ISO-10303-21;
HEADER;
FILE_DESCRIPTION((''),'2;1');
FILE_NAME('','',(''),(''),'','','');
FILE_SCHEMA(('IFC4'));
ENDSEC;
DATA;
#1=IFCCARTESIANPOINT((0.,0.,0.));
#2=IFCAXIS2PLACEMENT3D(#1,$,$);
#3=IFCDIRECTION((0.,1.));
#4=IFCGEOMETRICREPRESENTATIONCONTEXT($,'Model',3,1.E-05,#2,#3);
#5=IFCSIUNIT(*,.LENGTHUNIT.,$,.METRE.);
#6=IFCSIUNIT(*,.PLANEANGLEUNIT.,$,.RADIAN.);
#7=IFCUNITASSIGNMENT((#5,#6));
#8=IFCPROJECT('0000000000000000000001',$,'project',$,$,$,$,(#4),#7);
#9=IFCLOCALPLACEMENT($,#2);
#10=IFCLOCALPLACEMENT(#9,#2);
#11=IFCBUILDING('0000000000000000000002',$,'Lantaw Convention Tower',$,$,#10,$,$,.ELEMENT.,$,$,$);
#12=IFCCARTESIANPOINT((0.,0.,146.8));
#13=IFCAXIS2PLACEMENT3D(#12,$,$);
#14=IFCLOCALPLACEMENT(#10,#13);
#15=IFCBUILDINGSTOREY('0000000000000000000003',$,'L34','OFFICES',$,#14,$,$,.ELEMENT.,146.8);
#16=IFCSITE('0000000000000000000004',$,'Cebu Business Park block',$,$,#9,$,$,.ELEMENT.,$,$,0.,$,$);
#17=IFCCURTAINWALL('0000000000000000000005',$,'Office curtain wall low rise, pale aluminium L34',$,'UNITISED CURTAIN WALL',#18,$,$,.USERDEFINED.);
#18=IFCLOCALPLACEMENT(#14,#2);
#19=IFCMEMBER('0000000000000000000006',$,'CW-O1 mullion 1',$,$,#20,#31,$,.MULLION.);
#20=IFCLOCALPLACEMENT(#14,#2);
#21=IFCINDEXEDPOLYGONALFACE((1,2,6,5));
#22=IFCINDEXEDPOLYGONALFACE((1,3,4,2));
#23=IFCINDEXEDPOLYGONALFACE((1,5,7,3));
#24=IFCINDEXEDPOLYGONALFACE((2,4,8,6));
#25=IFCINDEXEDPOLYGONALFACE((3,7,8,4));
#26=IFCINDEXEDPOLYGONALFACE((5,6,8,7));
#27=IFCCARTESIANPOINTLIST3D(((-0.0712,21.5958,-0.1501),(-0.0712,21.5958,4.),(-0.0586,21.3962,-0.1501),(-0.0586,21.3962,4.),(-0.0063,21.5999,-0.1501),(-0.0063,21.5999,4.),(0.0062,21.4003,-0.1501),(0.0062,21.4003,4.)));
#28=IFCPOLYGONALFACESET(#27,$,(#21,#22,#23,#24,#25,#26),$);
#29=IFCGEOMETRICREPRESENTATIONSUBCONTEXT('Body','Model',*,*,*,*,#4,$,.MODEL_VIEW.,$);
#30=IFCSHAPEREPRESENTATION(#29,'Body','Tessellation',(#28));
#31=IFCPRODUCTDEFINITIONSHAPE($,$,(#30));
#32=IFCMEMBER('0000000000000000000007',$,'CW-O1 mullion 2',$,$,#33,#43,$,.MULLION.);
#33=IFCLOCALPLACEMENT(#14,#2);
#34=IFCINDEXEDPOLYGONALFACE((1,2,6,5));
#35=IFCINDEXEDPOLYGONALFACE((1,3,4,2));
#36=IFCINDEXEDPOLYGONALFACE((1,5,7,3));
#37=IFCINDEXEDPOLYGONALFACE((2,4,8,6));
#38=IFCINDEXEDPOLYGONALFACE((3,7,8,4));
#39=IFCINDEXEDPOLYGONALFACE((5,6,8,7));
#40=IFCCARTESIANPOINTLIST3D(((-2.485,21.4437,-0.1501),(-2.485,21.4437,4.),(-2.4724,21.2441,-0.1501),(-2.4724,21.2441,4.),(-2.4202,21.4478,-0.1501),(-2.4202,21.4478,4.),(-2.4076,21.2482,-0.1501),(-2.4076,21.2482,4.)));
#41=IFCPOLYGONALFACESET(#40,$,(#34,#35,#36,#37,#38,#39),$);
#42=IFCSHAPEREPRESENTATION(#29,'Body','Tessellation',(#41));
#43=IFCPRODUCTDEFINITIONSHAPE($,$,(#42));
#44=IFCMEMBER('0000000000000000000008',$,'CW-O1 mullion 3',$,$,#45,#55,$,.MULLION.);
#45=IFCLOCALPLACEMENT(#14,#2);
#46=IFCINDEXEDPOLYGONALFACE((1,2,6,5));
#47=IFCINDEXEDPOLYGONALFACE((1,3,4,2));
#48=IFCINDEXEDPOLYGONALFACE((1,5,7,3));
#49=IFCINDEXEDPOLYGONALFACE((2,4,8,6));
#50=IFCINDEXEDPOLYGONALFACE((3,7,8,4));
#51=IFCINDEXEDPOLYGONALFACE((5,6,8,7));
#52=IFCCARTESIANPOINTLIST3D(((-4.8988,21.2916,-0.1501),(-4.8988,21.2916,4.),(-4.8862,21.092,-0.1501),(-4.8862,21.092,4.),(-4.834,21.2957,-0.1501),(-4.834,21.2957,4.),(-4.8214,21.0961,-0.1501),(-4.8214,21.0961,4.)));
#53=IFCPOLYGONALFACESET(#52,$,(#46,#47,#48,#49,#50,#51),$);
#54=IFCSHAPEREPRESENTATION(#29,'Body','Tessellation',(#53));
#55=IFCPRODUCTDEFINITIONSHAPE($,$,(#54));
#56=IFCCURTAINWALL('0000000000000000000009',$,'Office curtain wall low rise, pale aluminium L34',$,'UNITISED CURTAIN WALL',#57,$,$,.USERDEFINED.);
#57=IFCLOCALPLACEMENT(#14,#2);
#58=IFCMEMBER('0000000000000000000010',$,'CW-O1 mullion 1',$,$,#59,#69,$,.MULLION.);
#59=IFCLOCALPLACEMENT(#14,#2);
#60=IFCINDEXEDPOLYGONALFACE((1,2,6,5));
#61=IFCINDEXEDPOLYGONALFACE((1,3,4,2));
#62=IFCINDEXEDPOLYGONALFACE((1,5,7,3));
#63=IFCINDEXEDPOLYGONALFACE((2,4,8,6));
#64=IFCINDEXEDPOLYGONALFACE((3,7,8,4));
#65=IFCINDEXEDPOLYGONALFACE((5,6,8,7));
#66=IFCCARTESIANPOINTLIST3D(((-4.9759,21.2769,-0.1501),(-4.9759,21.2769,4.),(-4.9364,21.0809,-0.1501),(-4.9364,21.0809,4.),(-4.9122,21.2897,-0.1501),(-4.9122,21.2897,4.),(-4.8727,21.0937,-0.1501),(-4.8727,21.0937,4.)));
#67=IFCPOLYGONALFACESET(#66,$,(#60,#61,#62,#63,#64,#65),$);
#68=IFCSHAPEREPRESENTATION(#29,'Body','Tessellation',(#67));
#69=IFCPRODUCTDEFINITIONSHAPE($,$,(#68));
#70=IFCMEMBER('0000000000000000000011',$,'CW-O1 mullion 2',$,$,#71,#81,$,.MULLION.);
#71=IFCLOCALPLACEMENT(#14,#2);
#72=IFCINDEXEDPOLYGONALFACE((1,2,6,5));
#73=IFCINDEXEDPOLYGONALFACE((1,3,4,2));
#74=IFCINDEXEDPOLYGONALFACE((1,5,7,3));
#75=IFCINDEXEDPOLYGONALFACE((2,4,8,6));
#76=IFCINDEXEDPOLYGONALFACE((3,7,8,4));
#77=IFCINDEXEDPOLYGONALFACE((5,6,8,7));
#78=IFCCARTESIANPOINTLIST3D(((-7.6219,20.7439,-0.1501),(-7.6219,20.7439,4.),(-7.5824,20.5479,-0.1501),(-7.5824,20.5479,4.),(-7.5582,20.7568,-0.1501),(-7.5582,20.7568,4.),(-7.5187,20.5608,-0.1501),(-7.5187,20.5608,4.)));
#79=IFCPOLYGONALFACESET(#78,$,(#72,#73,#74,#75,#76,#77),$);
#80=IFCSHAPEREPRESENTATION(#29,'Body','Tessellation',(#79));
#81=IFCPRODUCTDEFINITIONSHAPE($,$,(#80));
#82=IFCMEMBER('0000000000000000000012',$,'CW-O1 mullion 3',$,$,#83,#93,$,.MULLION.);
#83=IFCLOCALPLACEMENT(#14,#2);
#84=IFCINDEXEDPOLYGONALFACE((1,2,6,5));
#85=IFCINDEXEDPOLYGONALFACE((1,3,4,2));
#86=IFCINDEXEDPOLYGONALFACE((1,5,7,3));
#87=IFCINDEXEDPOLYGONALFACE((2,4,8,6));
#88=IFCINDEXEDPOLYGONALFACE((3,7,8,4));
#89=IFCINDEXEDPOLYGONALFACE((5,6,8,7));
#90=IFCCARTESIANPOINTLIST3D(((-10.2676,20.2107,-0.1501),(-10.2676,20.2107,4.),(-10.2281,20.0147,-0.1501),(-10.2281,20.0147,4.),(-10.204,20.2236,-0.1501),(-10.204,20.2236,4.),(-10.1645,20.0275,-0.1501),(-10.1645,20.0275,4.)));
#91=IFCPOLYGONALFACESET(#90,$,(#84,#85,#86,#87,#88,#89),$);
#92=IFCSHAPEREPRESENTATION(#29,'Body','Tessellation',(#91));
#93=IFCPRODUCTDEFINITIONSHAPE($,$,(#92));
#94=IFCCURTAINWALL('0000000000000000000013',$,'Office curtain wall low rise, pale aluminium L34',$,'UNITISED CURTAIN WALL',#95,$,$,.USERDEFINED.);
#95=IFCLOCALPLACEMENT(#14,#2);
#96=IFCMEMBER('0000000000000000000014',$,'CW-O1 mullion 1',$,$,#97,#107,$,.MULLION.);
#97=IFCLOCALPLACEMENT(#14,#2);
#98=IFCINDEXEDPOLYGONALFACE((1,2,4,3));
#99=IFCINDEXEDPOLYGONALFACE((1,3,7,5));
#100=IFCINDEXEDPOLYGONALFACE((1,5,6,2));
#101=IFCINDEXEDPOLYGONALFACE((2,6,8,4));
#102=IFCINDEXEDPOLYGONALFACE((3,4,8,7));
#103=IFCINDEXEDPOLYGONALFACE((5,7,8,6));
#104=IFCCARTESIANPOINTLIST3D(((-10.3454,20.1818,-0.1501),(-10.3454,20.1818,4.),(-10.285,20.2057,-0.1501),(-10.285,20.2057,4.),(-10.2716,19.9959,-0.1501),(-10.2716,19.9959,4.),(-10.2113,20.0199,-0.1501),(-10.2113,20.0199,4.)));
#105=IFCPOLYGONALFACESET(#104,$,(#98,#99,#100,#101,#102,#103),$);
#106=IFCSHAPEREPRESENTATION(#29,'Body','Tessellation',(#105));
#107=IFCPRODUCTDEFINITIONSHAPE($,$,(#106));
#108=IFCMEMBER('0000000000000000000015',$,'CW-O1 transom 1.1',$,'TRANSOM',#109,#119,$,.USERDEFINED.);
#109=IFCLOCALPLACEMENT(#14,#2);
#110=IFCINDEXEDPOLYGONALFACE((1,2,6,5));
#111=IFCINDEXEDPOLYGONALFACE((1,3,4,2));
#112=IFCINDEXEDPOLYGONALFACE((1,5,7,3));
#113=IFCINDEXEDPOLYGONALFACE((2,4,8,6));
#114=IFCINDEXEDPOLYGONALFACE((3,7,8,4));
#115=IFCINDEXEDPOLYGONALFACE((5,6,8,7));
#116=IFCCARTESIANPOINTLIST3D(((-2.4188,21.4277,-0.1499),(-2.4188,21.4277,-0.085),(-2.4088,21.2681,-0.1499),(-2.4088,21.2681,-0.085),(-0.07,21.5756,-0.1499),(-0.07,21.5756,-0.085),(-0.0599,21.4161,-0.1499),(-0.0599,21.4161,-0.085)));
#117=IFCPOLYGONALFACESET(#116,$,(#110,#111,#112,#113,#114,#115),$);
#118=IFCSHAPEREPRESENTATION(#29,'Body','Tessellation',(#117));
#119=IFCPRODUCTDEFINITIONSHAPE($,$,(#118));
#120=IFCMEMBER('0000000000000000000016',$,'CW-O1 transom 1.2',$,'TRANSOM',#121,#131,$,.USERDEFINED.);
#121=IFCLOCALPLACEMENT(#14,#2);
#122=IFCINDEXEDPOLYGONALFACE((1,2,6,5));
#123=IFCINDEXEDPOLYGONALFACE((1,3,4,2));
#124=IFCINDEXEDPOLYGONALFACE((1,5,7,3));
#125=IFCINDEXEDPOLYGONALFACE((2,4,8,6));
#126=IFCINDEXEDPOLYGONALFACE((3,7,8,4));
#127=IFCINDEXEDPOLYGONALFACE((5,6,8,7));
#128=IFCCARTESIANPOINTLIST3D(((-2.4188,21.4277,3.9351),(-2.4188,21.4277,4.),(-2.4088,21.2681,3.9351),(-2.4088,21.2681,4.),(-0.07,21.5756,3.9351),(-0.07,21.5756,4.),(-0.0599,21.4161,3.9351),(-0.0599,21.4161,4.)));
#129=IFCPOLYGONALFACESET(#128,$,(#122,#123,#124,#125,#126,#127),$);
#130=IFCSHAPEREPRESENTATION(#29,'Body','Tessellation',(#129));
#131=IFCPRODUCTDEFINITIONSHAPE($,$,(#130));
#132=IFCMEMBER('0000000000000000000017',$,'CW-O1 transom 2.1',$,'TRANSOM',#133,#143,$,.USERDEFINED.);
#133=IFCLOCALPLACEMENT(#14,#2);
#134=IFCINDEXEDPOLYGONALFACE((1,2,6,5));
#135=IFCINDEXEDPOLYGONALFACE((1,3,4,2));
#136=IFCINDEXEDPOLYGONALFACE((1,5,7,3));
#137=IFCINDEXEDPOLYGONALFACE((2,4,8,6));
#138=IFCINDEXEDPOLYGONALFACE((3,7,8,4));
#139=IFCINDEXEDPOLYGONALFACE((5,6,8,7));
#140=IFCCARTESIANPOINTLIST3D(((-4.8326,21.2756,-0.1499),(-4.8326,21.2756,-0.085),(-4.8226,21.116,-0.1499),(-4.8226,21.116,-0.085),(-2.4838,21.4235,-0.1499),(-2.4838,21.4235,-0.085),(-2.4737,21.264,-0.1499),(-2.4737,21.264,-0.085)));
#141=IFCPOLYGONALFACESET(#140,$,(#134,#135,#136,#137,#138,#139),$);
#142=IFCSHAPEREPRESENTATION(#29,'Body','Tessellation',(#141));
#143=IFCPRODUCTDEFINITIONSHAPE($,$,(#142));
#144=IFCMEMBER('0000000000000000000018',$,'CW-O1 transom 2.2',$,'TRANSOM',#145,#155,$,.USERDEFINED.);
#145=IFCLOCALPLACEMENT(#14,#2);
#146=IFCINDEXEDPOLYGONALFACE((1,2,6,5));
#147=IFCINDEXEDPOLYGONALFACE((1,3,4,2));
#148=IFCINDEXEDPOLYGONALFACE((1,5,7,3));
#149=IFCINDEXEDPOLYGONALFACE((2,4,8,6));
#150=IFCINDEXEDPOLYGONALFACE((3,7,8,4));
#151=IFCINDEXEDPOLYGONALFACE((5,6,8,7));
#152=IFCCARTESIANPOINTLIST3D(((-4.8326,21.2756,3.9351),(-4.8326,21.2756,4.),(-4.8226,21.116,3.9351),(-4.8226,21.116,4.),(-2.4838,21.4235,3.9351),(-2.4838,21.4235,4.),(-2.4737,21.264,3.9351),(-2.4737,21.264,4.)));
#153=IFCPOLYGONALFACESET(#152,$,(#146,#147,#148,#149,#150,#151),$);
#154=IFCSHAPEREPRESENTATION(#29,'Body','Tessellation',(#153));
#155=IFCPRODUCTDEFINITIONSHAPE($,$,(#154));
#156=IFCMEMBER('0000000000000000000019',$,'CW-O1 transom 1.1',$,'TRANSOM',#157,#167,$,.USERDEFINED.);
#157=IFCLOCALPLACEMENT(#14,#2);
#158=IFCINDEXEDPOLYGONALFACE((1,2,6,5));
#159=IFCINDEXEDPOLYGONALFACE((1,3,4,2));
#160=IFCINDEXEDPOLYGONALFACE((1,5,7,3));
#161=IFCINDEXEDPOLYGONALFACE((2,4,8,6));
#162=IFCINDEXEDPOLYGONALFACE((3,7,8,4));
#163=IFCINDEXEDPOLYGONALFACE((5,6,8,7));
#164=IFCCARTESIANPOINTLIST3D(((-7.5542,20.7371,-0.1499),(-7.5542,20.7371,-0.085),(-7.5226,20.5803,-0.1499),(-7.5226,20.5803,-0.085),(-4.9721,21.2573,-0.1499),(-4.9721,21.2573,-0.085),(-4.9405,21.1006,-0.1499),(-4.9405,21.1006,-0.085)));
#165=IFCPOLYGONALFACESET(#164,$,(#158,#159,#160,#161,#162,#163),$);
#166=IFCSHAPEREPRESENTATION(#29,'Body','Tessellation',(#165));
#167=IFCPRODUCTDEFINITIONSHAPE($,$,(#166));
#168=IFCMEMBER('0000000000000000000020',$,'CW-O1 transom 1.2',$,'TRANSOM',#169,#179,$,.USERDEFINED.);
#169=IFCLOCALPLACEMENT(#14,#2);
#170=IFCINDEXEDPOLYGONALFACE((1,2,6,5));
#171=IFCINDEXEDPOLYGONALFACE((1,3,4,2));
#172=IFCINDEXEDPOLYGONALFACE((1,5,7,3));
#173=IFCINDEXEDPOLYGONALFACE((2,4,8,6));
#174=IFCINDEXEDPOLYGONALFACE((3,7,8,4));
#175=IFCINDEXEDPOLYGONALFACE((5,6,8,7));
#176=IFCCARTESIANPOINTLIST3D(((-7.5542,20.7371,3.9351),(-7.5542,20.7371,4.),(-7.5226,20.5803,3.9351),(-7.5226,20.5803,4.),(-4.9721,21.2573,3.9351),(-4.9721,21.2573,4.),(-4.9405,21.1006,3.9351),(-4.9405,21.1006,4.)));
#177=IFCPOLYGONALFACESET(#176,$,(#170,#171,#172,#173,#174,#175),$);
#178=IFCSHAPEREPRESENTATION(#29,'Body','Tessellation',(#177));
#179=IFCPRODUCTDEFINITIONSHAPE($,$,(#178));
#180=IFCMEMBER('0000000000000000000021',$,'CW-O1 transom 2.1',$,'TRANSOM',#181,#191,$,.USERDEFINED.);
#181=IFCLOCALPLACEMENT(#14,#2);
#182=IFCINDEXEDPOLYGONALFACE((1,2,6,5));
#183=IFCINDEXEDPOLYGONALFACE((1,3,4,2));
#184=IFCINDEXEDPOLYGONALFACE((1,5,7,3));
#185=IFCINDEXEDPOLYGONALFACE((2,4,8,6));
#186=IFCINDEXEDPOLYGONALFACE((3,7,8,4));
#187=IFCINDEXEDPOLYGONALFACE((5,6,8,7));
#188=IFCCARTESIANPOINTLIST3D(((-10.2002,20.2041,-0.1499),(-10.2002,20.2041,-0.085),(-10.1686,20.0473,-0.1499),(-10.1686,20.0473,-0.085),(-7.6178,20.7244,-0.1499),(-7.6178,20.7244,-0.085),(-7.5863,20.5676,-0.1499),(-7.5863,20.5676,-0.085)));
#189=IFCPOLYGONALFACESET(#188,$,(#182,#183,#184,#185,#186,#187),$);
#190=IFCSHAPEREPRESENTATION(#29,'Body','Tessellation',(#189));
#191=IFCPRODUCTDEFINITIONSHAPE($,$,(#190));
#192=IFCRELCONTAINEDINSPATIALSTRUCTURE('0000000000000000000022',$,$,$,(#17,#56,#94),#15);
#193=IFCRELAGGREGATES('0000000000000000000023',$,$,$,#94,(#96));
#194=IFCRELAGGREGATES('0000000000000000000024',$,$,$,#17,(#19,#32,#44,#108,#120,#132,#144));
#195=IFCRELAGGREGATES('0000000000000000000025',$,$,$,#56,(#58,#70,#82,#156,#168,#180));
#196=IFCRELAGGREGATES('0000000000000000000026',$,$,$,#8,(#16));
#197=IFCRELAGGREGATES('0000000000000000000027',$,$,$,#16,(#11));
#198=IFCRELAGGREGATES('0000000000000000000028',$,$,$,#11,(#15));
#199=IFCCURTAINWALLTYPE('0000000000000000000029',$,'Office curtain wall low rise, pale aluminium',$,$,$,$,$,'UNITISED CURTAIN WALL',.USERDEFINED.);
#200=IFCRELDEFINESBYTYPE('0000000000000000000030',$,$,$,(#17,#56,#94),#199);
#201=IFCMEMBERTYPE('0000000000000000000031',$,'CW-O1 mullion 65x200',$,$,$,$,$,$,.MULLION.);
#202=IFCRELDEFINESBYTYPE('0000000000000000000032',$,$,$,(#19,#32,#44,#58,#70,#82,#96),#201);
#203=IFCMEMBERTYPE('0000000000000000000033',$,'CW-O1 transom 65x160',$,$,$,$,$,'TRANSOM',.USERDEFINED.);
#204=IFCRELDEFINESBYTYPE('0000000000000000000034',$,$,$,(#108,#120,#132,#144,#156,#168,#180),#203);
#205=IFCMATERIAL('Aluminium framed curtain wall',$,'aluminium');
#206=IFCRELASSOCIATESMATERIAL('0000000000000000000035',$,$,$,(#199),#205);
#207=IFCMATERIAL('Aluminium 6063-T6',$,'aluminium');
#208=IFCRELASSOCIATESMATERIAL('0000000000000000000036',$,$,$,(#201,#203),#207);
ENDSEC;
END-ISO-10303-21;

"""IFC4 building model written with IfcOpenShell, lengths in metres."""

from ifc_helpers import new_model, si_unit, direction, frame, origin, origin_2d, place, context, subcontext, project, spatial, rectangle, extrude, material, material_profile, profile_set, type_object, element, aggregate, save


model = new_model("IFC4")

# Units and contexts
model_context = context("Model", 3, precision=1e-05, world=origin(), true_north=direction((0.0, 1.0)))
body_context = subcontext(model_context, "Body", "Model", "MODEL_VIEW")
ifc_project = project(units=[si_unit("LENGTHUNIT", "METRE"), si_unit("PLANEANGLEUNIT", "RADIAN")], contexts=[model_context])

# Site, building, storey
site_placement = place(None, origin())
site = spatial("IfcSite", under=ifc_project, at=site_placement, Name="Cebu Business Park block", CompositionType="ELEMENT", RefElevation=0.0)
building_placement = place(site_placement, origin())
building = spatial("IfcBuilding", under=site, at=building_placement, Name="Lantaw Convention Tower", CompositionType="ELEMENT")
storey_placement = place(building_placement, frame((0.0, 0.0, 146.8)))
storey = spatial("IfcBuildingStorey", under=building, at=storey_placement, Name="L34", Description="OFFICES", CompositionType="ELEMENT", Elevation=146.8)

# Curtain walls, members
ifc_material_1 = material(Name="Aluminium framed curtain wall", Category="aluminium")
curtain_wall_type = type_object("IfcCurtainWallType", Name="Office curtain wall low rise, pale aluminium", ElementType="UNITISED CURTAIN WALL", PredefinedType="USERDEFINED", material=ifc_material_1)
curtain_wall_1_placement = place(storey_placement, origin())
curtain_wall_1 = element("IfcCurtainWall", 1, at=curtain_wall_1_placement, inside=storey, type_object=curtain_wall_type, Name="Office curtain wall low rise, pale aluminium L34", ObjectType="UNITISED CURTAIN WALL", PredefinedType="USERDEFINED")
ifc_material_2 = material(Name="Aluminium 6063-T6", Category="aluminium")
ifc_material_profile_1 = material_profile(ifc_material_2, rectangle(XDim=0.2, YDim=0.0649, at=origin_2d()), Name="CW-O1 mullion 65x200")
ifc_profile_set_1 = profile_set([ifc_material_profile_1], Name="Aluminium 6063-T6")
member_type_1 = type_object("IfcMemberType", Name="CW-O1 mullion 65x200", PredefinedType="MULLION", material=ifc_profile_set_1)
member_1_placement = place(storey_placement, frame((-0.0325, 21.498, -0.1501), z_axis=(0.0, 0.0, 1.0), x_axis=(0.062865, -0.998022, 0.0)))
member_1 = element("IfcMember", 2, at=member_1_placement, type_object=member_type_1, Name="CW-O1 mullion 1", PredefinedType="MULLION", context=body_context, shape_type="SweptSolid", body=[
    extrude(rectangle(XDim=0.2, YDim=0.0649, at=origin_2d()), origin(), (0.0, 0.0, 1.0), 4.1501),
])
member_2_placement = place(storey_placement, frame((-2.4463, 21.3459, -0.1501), z_axis=(0.0, 0.0, 1.0), x_axis=(0.062865, -0.998022, 0.0)))
member_2 = element("IfcMember", 3, at=member_2_placement, type_object=member_type_1, Name="CW-O1 mullion 2", PredefinedType="MULLION", context=body_context, shape_type="SweptSolid", body=[
    extrude(rectangle(XDim=0.2, YDim=0.0649, at=origin_2d()), origin(), (0.0, 0.0, 1.0), 4.1501),
])
member_3_placement = place(storey_placement, frame((-4.8601, 21.1938, -0.1501), z_axis=(0.0, 0.0, 1.0), x_axis=(0.062865, -0.998022, 0.0)))
member_3 = element("IfcMember", 4, at=member_3_placement, type_object=member_type_1, Name="CW-O1 mullion 3", PredefinedType="MULLION", context=body_context, shape_type="SweptSolid", body=[
    extrude(rectangle(XDim=0.2, YDim=0.0649, at=origin_2d()), origin(), (0.0, 0.0, 1.0), 4.1501),
])
curtain_wall_2_placement = place(storey_placement, origin())
curtain_wall_2 = element("IfcCurtainWall", 5, at=curtain_wall_2_placement, inside=storey, type_object=curtain_wall_type, Name="Office curtain wall low rise, pale aluminium L34", ObjectType="UNITISED CURTAIN WALL", PredefinedType="USERDEFINED")
member_4_placement = place(storey_placement, frame((-4.9243, 21.1853, -0.1501), z_axis=(0.0, 0.0, 1.0), x_axis=(0.197507, -0.980302, 0.0)))
member_4 = element("IfcMember", 6, at=member_4_placement, type_object=member_type_1, Name="CW-O1 mullion 1", PredefinedType="MULLION", context=body_context, shape_type="SweptSolid", body=[
    extrude(rectangle(XDim=0.2, YDim=0.0649, at=origin_2d()), origin(), (0.0, 0.0, 1.0), 4.1501),
])
member_5_placement = place(storey_placement, frame((-7.5703, 20.6523, -0.1501), z_axis=(0.0, 0.0, 1.0), x_axis=(0.197507, -0.980302, 0.0)))
member_5 = element("IfcMember", 7, at=member_5_placement, type_object=member_type_1, Name="CW-O1 mullion 2", PredefinedType="MULLION", context=body_context, shape_type="SweptSolid", body=[
    extrude(rectangle(XDim=0.2, YDim=0.0649, at=origin_2d()), origin(), (0.0, 0.0, 1.0), 4.1501),
])
member_6_placement = place(storey_placement, frame((-10.2161, 20.1191, -0.1501), z_axis=(0.0, 0.0, 1.0), x_axis=(0.197507, -0.980302, 0.0)))
member_6 = element("IfcMember", 8, at=member_6_placement, type_object=member_type_1, Name="CW-O1 mullion 3", PredefinedType="MULLION", context=body_context, shape_type="SweptSolid", body=[
    extrude(rectangle(XDim=0.2, YDim=0.0649, at=origin_2d()), origin(), (0.0, 0.0, 1.0), 4.1501),
])

# Curtain wall, member
curtain_wall_3_placement = place(storey_placement, origin())
curtain_wall_3 = element("IfcCurtainWall", 9, at=curtain_wall_3_placement, inside=storey, type_object=curtain_wall_type, Name="Office curtain wall low rise, pale aluminium L34", ObjectType="UNITISED CURTAIN WALL", PredefinedType="USERDEFINED")
member_7_placement = place(storey_placement, frame((-10.2783, 20.1008, -0.1501), z_axis=(0.0, 0.0, 1.0), x_axis=(0.368702, -0.929548, 0.0)))
member_7 = element("IfcMember", 10, at=member_7_placement, type_object=member_type_1, Name="CW-O1 mullion 1", PredefinedType="MULLION", context=body_context, shape_type="SweptSolid", body=[
    extrude(rectangle(XDim=0.2, YDim=0.0649, at=origin_2d()), origin(), (0.0, 0.0, 1.0), 4.1501),
])

# Members
ifc_material_profile_2 = material_profile(ifc_material_2, rectangle(XDim=0.1599, YDim=0.0649, at=origin_2d()), Name="CW-O1 transom 65x160")
ifc_profile_set_2 = profile_set([ifc_material_profile_2], Name="Aluminium 6063-T6")
member_type_2 = type_object("IfcMemberType", Name="CW-O1 transom 65x160", ElementType="TRANSOM", PredefinedType="USERDEFINED", material=ifc_profile_set_2)
member_8_placement = place(storey_placement, frame((-0.0649, 21.4958, -0.1174), z_axis=(-0.998022, -0.062863, 0.0), x_axis=(0.062863, -0.998022, 0.0)))
member_8 = element("IfcMember", 11, at=member_8_placement, type_object=member_type_2, Name="CW-O1 transom 1.1", ObjectType="TRANSOM", PredefinedType="USERDEFINED", context=body_context, shape_type="SweptSolid", body=[
    extrude(rectangle(XDim=0.1599, YDim=0.0649, at=origin_2d()), origin(), (0.0, 0.0, 1.0), 2.3535),
])
member_9_placement = place(storey_placement, frame((-0.0649, 21.4958, 3.9675), z_axis=(-0.998022, -0.062863, 0.0), x_axis=(0.062863, -0.998022, 0.0)))
member_9 = element("IfcMember", 12, at=member_9_placement, type_object=member_type_2, Name="CW-O1 transom 1.2", ObjectType="TRANSOM", PredefinedType="USERDEFINED", context=body_context, shape_type="SweptSolid", body=[
    extrude(rectangle(XDim=0.1599, YDim=0.0649, at=origin_2d()), origin(), (0.0, 0.0, 1.0), 2.3535),
])
member_10_placement = place(storey_placement, frame((-2.4788, 21.3438, -0.1174), z_axis=(-0.998022, -0.062863, 0.0), x_axis=(0.062863, -0.998022, 0.0)))
member_10 = element("IfcMember", 13, at=member_10_placement, type_object=member_type_2, Name="CW-O1 transom 2.1", ObjectType="TRANSOM", PredefinedType="USERDEFINED", context=body_context, shape_type="SweptSolid", body=[
    extrude(rectangle(XDim=0.1599, YDim=0.0649, at=origin_2d()), origin(), (0.0, 0.0, 1.0), 2.3535),
])
member_11_placement = place(storey_placement, frame((-2.4788, 21.3438, 3.9675), z_axis=(-0.998022, -0.062863, 0.0), x_axis=(0.062863, -0.998022, 0.0)))
member_11 = element("IfcMember", 14, at=member_11_placement, type_object=member_type_2, Name="CW-O1 transom 2.2", ObjectType="TRANSOM", PredefinedType="USERDEFINED", context=body_context, shape_type="SweptSolid", body=[
    extrude(rectangle(XDim=0.1599, YDim=0.0649, at=origin_2d()), origin(), (0.0, 0.0, 1.0), 2.3535),
])
member_12_placement = place(storey_placement, frame((-4.9563, 21.179, -0.1174), z_axis=(-0.980298, -0.197524, 0.0), x_axis=(0.197524, -0.980298, 0.0)))
member_12 = element("IfcMember", 15, at=member_12_placement, type_object=member_type_2, Name="CW-O1 transom 1.1", ObjectType="TRANSOM", PredefinedType="USERDEFINED", context=body_context, shape_type="SweptSolid", body=[
    extrude(rectangle(XDim=0.1599, YDim=0.0649, at=origin_2d()), origin(), (0.0, 0.0, 1.0), 2.634),
])
member_13_placement = place(storey_placement, frame((-4.9563, 21.179, 3.9675), z_axis=(-0.980298, -0.197524, 0.0), x_axis=(0.197524, -0.980298, 0.0)))
member_13 = element("IfcMember", 16, at=member_13_placement, type_object=member_type_2, Name="CW-O1 transom 1.2", ObjectType="TRANSOM", PredefinedType="USERDEFINED", context=body_context, shape_type="SweptSolid", body=[
    extrude(rectangle(XDim=0.1599, YDim=0.0649, at=origin_2d()), origin(), (0.0, 0.0, 1.0), 2.634),
])
member_14_placement = place(storey_placement, frame((-7.6021, 20.646, -0.1174), z_axis=(-0.980302, -0.197506, 0.0), x_axis=(0.197506, -0.980302, 0.0)))
member_14 = element("IfcMember", 17, at=member_14_placement, type_object=member_type_2, Name="CW-O1 transom 2.1", ObjectType="TRANSOM", PredefinedType="USERDEFINED", context=body_context, shape_type="SweptSolid", body=[
    extrude(rectangle(XDim=0.1599, YDim=0.0649, at=origin_2d()), origin(), (0.0, 0.0, 1.0), 2.6343),
])
aggregate(curtain_wall_3, [member_7])

aggregate(curtain_wall_1, [member_1, member_2, member_3, member_8, member_9, member_10, member_11])
aggregate(curtain_wall_2, [member_4, member_5, member_6, member_12, member_13, member_14])

save(model, "model.ifc")
